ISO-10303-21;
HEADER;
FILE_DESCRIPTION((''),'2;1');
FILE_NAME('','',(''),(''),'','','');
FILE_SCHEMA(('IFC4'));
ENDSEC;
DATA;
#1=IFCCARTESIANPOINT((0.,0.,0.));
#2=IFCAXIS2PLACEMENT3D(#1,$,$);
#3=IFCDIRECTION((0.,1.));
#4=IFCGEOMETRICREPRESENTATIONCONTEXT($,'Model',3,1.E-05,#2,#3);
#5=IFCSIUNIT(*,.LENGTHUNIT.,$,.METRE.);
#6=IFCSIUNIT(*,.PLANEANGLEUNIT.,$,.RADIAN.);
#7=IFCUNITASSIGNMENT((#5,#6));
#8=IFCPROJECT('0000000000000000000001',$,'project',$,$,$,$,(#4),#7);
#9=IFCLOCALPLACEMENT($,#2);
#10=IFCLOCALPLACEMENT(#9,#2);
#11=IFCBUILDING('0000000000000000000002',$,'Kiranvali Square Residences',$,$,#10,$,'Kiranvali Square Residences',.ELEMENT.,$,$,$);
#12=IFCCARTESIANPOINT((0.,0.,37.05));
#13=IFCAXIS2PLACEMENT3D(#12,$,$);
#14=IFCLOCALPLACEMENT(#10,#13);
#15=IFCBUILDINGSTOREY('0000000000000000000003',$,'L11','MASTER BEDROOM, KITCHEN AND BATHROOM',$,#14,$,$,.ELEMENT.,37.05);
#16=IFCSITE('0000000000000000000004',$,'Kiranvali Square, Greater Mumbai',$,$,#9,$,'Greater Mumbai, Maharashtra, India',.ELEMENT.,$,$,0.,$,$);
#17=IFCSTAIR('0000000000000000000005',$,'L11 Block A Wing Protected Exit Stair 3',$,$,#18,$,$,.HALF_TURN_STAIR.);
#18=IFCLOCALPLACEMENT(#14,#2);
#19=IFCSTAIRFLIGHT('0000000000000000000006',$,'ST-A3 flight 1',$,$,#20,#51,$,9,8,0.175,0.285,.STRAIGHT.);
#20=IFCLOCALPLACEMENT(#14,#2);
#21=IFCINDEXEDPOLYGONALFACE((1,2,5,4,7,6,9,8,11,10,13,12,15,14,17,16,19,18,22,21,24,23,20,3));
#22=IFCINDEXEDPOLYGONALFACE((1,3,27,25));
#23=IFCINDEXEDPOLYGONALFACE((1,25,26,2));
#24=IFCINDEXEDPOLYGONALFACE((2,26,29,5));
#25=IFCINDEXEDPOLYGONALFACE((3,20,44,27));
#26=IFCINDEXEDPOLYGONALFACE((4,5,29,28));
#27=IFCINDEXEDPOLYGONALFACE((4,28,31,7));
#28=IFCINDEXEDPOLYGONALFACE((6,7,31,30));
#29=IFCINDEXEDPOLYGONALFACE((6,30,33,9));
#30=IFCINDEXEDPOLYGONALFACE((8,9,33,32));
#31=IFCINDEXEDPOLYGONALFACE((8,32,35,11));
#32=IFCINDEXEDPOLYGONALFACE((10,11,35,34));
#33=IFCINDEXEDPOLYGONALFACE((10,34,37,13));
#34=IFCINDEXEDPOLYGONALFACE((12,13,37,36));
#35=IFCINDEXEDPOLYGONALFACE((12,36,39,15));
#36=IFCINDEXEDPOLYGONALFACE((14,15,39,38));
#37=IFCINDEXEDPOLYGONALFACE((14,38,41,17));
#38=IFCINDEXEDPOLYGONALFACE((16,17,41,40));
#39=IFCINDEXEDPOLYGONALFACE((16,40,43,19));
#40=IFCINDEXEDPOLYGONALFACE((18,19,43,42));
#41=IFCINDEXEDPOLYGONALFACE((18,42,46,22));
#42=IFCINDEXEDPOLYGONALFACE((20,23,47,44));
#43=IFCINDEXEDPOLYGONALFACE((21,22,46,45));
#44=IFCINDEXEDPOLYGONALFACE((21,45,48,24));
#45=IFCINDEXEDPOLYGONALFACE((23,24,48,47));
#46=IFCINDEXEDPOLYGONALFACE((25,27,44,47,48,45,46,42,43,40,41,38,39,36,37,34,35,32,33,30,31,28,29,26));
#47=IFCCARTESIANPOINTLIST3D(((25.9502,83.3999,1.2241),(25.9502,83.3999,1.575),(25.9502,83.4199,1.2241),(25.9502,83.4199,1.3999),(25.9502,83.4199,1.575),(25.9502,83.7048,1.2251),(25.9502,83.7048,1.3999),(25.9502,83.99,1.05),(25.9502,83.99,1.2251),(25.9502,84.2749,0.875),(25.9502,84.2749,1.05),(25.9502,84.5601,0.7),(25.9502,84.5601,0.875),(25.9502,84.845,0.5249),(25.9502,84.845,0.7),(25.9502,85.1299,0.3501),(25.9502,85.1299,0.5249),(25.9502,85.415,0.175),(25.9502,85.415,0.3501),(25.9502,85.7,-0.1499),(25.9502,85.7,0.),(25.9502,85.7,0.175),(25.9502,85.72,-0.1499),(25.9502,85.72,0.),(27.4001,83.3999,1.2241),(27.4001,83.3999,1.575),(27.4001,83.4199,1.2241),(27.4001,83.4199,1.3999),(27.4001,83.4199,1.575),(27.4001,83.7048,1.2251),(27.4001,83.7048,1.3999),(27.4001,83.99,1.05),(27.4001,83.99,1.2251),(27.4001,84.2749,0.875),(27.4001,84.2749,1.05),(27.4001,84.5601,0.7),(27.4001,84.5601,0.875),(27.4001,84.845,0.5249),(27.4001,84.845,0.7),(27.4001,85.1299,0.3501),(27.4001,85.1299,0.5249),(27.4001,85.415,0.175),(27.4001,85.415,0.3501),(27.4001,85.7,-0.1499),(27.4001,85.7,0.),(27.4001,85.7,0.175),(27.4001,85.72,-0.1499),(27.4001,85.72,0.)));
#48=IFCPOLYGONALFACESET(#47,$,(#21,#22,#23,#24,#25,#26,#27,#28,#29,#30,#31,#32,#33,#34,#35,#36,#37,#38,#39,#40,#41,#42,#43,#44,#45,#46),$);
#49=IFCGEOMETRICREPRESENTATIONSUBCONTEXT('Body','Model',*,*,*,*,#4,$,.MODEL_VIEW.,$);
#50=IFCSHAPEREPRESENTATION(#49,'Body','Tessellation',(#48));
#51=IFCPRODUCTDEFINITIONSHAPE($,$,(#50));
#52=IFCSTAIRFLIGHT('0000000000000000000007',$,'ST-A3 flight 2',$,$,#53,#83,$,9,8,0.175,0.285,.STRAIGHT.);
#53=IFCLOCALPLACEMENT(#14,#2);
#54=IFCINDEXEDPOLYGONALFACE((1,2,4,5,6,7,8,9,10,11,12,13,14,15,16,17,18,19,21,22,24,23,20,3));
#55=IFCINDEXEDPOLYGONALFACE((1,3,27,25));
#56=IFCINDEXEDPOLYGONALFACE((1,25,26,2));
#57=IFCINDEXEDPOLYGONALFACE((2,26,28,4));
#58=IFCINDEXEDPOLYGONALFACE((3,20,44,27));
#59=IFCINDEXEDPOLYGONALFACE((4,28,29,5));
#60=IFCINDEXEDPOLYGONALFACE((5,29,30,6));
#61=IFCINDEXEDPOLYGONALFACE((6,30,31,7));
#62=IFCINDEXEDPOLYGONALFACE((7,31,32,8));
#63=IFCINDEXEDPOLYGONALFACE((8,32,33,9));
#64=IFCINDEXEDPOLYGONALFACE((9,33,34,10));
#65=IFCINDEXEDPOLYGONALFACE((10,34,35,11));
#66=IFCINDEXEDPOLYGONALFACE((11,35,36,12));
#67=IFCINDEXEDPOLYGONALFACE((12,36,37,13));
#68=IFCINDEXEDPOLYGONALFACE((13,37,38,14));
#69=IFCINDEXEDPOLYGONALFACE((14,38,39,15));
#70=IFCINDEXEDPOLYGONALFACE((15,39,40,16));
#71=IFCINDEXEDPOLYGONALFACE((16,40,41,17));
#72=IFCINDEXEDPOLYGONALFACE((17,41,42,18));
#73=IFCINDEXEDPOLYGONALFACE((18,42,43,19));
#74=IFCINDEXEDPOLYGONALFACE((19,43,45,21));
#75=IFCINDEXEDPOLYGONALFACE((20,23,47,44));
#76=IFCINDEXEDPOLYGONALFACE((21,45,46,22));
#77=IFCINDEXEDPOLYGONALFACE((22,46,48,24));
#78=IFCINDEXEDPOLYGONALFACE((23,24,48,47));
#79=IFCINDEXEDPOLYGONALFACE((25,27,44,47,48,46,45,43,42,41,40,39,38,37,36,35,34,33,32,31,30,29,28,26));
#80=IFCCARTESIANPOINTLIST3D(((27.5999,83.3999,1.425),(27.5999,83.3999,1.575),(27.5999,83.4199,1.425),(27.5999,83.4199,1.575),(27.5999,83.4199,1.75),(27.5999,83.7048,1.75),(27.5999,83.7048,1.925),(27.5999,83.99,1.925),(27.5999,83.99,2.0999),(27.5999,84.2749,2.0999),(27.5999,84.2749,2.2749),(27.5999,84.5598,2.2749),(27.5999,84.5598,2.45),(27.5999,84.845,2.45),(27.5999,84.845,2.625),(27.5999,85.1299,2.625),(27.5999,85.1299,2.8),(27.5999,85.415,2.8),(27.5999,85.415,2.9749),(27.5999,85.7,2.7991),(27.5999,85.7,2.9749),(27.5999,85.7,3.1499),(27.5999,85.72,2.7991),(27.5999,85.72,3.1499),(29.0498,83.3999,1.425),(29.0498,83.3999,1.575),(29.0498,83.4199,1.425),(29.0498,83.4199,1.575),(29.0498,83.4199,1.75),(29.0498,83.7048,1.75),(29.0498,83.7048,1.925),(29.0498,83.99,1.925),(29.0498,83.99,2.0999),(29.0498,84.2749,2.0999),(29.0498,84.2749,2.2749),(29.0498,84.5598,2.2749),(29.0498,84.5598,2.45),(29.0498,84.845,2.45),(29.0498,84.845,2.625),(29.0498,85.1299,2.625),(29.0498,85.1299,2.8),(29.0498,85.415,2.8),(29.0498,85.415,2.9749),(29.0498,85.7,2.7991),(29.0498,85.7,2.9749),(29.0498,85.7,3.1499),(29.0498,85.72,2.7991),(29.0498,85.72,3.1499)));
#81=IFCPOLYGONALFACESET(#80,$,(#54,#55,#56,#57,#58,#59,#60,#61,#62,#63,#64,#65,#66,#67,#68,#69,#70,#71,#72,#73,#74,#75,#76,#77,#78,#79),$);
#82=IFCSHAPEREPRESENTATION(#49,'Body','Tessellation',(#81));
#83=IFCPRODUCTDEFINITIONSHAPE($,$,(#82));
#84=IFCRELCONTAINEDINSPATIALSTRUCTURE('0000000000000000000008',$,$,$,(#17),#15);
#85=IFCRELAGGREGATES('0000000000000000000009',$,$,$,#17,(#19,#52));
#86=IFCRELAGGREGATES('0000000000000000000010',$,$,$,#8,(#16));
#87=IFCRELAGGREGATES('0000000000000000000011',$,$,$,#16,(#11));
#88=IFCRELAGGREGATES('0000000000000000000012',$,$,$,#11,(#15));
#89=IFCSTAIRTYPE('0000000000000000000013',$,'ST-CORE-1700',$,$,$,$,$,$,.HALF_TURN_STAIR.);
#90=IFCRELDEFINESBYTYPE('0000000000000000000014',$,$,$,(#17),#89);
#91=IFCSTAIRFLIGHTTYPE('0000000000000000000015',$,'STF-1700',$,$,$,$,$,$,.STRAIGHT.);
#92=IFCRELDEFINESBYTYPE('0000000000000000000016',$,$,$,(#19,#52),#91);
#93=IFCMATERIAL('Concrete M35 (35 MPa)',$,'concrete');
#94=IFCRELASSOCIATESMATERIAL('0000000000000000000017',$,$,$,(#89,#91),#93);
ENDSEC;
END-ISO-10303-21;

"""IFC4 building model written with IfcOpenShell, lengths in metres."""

from ifc_helpers import new_model, si_unit, direction, frame, origin, place, context, subcontext, project, spatial, polyline, outline, extrude, material, type_object, element, aggregate, save


model = new_model("IFC4")

# Units and contexts
model_context = context("Model", 3, precision=1e-05, world=origin(), true_north=direction((0.0, 1.0)))
body_context = subcontext(model_context, "Body", "Model", "MODEL_VIEW")
ifc_project = project(units=[si_unit("LENGTHUNIT", "METRE"), si_unit("PLANEANGLEUNIT", "RADIAN")], contexts=[model_context])

# Site, building, storey
site_placement = place(None, origin())
site = spatial("IfcSite", under=ifc_project, at=site_placement, Name="Kiranvali Square, Greater Mumbai", LongName="Greater Mumbai, Maharashtra, India", CompositionType="ELEMENT", RefElevation=0.0)
building_placement = place(site_placement, origin())
building = spatial("IfcBuilding", under=site, at=building_placement, Name="Kiranvali Square Residences", LongName="Kiranvali Square Residences", CompositionType="ELEMENT")
storey_placement = place(building_placement, frame((0.0, 0.0, 37.05)))
storey = spatial("IfcBuildingStorey", under=building, at=storey_placement, Name="L11", Description="MASTER BEDROOM, KITCHEN AND BATHROOM", CompositionType="ELEMENT", Elevation=37.05)

# Stair, stair flights
ifc_material_1 = material(Name="Concrete M35 (35 MPa)", Category="concrete")
stair_type = type_object("IfcStairType", Name="ST-CORE-1700", PredefinedType="HALF_TURN_STAIR", material=ifc_material_1)
stair_placement = place(storey_placement, origin())
stair = element("IfcStair", 1, at=stair_placement, inside=storey, type_object=stair_type, Name="L11 Block A Wing Protected Exit Stair 3", PredefinedType="HALF_TURN_STAIR")
stair_flight_type = type_object("IfcStairFlightType", Name="STF-1700", PredefinedType="STRAIGHT", material=ifc_material_1)
stair_flight_1_placement = place(storey_placement, frame((26.675, 85.7, 0.0), z_axis=(0.0, 0.0, 1.0), x_axis=(0.0, -1.0, 0.0)))
stair_flight_1 = element("IfcStairFlight", 2, at=stair_flight_1_placement, type_object=stair_flight_type, Name="ST-A3 flight 1", NumberOfRisers=9, NumberOfTreads=8, PredefinedType="STRAIGHT", RiserHeight=0.175, TreadLength=0.285, context=body_context, shape_type="SweptSolid", body=[
    extrude(outline(polyline([(-0.02, -0.1499), (-0.02, 0.0), (0.0, 0.0), (0.0, 0.175), (0.2849, 0.175), (0.2849, 0.3501), (0.5701, 0.3501), (0.5701, 0.5249), (0.855, 0.5249), (0.855, 0.7), (1.1399, 0.7), (1.1399, 0.875), (1.425, 0.875), (1.425, 1.05), (1.71, 1.05), (1.71, 1.2251), (1.9951, 1.2251), (1.9951, 1.3999), (2.28, 1.3999), (2.28, 1.575), (2.3, 1.575), (2.3, 1.2241), (2.28, 1.2241), (0.0, -0.1499), (-0.02, -0.1499)])), frame((0.0, 0.7251, 0.0), z_axis=(0.0, -1.0, 0.0), x_axis=(1.0, 0.0, 0.0)), (0.0, 0.0, 1.0), 1.45),
])
stair_flight_2_placement = place(storey_placement, frame((28.325, 83.4199, 1.575), z_axis=(0.0, 0.0, 1.0), x_axis=(0.0, 1.0, 0.0)))
stair_flight_2 = element("IfcStairFlight", 3, at=stair_flight_2_placement, type_object=stair_flight_type, Name="ST-A3 flight 2", NumberOfRisers=9, NumberOfTreads=8, PredefinedType="STRAIGHT", RiserHeight=0.175, TreadLength=0.285, context=body_context, shape_type="SweptSolid", body=[
    extrude(outline(polyline([(-0.02, -0.1499), (-0.02, 0.0), (0.0, 0.0), (0.0, 0.175), (0.2849, 0.175), (0.2849, 0.3501), (0.5701, 0.3501), (0.5701, 0.5249), (0.855, 0.5249), (0.855, 0.7), (1.1399, 0.7), (1.1399, 0.875), (1.425, 0.875), (1.425, 1.05), (1.71, 1.05), (1.71, 1.2251), (1.9951, 1.2251), (1.9951, 1.3999), (2.28, 1.3999), (2.28, 1.575), (2.3, 1.575), (2.3, 1.2241), (2.28, 1.2241), (0.0, -0.1499), (-0.02, -0.1499)])), frame((0.0, 0.7251, 0.0), z_axis=(0.0, -1.0, 0.0), x_axis=(1.0, 0.0, 0.0)), (0.0, 0.0, 1.0), 1.45),
])
aggregate(stair, [stair_flight_1, stair_flight_2])

save(model, "model.ifc")
